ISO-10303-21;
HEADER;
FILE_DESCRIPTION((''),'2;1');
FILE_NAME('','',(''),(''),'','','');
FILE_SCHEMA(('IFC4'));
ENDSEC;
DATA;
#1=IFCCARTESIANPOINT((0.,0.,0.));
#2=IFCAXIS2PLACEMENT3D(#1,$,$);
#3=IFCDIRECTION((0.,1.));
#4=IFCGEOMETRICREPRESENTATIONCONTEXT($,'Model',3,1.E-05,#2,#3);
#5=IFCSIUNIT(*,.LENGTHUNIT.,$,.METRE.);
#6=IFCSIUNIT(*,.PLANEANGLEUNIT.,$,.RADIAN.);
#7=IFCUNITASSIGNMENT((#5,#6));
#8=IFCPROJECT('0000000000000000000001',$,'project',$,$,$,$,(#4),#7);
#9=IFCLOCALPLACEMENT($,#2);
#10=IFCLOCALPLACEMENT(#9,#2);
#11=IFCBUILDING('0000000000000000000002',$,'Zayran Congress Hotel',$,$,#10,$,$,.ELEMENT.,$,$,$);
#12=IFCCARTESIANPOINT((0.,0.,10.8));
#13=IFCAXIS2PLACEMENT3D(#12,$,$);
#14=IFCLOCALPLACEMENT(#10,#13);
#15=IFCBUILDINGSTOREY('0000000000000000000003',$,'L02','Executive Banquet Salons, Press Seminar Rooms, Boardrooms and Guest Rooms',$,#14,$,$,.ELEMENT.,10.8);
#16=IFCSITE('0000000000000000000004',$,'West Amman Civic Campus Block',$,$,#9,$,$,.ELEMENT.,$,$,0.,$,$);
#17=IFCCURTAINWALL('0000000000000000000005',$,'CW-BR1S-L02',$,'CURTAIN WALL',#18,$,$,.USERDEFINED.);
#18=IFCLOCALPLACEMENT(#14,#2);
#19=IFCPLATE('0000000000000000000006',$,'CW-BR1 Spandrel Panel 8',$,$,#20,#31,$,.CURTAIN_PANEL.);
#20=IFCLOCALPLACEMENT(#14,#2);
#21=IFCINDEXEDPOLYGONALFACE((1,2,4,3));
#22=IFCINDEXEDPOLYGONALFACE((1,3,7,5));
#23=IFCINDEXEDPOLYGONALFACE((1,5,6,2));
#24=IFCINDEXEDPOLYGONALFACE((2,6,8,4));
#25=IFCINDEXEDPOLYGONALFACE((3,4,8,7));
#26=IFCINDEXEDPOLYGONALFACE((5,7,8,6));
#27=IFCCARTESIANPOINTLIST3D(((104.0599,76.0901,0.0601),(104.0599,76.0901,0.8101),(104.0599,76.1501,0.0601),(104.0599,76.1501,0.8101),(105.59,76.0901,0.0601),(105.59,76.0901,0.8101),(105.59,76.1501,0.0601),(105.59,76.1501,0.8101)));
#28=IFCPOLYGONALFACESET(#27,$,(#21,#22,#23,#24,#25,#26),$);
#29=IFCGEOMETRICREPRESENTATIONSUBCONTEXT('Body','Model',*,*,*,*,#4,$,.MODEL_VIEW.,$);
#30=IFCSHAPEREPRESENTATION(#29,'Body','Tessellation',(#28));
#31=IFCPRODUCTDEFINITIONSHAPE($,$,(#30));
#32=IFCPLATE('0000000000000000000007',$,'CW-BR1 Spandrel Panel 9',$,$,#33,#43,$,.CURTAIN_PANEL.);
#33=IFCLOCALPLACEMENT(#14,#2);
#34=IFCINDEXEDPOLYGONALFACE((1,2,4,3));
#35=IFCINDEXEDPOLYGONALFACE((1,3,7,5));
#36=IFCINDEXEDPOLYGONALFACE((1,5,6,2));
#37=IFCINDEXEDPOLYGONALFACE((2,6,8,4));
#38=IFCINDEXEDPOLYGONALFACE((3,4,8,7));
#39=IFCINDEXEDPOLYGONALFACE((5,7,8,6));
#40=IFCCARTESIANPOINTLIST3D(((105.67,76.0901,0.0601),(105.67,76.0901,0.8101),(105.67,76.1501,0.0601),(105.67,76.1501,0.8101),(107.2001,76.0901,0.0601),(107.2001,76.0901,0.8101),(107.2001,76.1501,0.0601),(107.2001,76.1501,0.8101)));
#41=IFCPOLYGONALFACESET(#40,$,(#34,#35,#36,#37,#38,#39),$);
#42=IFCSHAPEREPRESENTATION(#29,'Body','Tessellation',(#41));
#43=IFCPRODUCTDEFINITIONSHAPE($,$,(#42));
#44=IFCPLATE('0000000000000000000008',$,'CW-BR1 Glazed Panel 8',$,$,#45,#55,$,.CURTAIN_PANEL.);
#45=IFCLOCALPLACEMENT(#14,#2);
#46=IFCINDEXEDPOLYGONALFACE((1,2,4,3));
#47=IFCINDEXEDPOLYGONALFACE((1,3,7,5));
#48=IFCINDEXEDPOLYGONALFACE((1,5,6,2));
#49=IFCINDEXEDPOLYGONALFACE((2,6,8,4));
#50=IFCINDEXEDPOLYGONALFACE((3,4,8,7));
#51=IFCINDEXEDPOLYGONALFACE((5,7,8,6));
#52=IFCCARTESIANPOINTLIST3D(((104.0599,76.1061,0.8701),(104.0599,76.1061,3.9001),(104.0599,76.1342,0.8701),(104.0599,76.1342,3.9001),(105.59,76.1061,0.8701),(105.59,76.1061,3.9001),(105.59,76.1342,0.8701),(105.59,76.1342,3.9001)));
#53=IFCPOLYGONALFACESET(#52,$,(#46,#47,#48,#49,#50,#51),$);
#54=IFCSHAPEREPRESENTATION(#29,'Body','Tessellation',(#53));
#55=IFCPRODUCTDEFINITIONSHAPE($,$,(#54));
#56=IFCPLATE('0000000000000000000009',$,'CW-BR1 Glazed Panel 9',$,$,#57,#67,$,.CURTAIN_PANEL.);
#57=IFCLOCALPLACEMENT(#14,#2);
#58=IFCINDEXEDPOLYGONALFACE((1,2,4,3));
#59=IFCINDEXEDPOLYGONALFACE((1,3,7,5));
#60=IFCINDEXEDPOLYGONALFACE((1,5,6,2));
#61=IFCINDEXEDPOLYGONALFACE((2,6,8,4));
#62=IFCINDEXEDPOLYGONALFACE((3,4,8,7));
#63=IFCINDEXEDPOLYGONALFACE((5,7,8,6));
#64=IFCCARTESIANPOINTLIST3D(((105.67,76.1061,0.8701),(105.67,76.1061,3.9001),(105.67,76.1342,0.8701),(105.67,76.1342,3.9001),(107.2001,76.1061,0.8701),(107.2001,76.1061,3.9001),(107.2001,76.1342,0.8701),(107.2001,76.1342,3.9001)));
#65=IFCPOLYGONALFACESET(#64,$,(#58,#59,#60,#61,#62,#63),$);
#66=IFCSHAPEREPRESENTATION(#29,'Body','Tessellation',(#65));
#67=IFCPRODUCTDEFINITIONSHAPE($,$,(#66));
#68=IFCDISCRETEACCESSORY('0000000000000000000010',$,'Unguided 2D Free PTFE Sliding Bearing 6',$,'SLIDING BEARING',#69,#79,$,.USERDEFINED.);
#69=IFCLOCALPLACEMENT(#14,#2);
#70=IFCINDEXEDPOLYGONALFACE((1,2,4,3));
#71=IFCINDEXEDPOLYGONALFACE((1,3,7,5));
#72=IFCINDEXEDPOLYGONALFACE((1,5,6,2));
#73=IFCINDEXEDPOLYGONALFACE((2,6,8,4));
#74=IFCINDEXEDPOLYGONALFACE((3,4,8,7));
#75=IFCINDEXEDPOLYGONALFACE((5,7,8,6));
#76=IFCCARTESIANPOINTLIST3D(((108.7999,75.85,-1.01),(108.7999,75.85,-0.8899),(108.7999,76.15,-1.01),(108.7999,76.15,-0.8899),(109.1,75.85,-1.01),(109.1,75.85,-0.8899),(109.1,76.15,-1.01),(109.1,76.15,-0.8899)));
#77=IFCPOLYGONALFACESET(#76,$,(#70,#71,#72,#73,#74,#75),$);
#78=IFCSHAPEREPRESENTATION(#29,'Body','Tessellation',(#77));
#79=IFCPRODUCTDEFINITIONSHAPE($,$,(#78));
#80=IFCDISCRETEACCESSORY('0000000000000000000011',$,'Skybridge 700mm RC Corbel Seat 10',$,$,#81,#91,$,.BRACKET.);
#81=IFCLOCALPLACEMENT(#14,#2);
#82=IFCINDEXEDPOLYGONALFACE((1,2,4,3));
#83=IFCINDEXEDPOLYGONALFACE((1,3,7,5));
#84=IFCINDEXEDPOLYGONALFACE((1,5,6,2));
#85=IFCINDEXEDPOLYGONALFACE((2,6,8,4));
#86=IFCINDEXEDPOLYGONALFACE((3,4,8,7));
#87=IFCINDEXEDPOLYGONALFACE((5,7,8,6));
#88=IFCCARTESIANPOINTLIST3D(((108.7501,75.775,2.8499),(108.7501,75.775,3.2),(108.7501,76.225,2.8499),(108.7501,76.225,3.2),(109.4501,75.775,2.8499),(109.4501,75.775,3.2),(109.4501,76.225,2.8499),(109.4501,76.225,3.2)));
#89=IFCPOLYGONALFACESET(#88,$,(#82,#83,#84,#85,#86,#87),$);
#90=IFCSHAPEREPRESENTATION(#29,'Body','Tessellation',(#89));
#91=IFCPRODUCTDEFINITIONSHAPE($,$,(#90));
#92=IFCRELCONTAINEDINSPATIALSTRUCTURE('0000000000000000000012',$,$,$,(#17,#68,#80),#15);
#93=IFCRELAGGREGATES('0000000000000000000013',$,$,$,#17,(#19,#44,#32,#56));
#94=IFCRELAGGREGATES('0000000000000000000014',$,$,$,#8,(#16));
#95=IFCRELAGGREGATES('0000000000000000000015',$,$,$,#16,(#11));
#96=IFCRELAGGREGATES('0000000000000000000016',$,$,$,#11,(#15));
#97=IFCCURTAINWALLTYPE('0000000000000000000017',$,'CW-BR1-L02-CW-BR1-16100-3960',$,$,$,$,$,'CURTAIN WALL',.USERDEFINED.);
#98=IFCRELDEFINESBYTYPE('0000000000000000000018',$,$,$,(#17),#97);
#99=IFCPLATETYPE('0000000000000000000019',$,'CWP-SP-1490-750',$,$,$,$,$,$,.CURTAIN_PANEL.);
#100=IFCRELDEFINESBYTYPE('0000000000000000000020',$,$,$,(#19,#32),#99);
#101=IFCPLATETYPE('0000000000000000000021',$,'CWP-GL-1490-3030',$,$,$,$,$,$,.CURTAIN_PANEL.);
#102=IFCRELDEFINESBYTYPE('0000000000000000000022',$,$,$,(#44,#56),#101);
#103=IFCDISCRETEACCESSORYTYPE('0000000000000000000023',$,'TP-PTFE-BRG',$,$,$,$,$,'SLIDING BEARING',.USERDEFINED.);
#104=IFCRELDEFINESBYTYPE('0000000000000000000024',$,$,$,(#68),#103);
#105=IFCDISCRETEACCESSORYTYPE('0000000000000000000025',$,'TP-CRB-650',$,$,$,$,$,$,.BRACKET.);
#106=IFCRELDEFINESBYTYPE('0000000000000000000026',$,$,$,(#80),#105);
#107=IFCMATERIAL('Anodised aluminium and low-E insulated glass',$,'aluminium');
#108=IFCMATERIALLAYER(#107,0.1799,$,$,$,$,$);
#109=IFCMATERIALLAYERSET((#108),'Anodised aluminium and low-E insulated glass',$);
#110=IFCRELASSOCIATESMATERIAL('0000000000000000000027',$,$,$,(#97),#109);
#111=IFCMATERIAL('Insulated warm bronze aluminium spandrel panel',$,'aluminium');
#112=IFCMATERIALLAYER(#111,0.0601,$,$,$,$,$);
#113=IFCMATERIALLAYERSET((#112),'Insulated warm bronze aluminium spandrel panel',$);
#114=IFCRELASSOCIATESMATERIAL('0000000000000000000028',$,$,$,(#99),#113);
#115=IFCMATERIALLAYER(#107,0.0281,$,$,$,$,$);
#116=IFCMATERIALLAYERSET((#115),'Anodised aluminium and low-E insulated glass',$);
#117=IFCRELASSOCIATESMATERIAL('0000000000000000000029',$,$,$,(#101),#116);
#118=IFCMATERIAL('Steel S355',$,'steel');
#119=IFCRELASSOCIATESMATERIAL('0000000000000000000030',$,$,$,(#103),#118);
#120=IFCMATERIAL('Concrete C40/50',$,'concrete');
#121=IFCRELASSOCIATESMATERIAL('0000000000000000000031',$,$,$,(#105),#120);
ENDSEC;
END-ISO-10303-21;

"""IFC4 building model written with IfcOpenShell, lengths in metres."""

from ifc_helpers import new_model, si_unit, direction, frame, origin, origin_2d, place, context, subcontext, project, spatial, rectangle, extrude, material, layer, layer_set, type_object, element, aggregate, save


model = new_model("IFC4")

# Units and contexts
model_context = context("Model", 3, precision=1e-05, world=origin(), true_north=direction((0.0, 1.0)))
body_context = subcontext(model_context, "Body", "Model", "MODEL_VIEW")
ifc_project = project(units=[si_unit("LENGTHUNIT", "METRE"), si_unit("PLANEANGLEUNIT", "RADIAN")], contexts=[model_context])

# Site, building, storey
site_placement = place(None, origin())
site = spatial("IfcSite", under=ifc_project, at=site_placement, Name="West Amman Civic Campus Block", CompositionType="ELEMENT", RefElevation=0.0)
building_placement = place(site_placement, origin())
building = spatial("IfcBuilding", under=site, at=building_placement, Name="Zayran Congress Hotel", CompositionType="ELEMENT")
storey_placement = place(building_placement, frame((0.0, 0.0, 10.8)))
storey = spatial("IfcBuildingStorey", under=building, at=storey_placement, Name="L02", Description="Executive Banquet Salons, Press Seminar Rooms, Boardrooms and Guest Rooms", CompositionType="ELEMENT", Elevation=10.8)

# Shared definitions
ifc_material_1 = material(Name="Steel S355", Category="steel")

# Curtain wall
ifc_material_2 = material(Name="Anodised aluminium and low-E insulated glass", Category="aluminium")
ifc_layer_1 = layer(ifc_material_2, 0.1799)
ifc_layer_set_1 = layer_set([ifc_layer_1], Name="Anodised aluminium and low-E insulated glass")
curtain_wall_type_1 = type_object("IfcCurtainWallType", Name="CW-BR1-L02-CW-BR1-16100-3960", ElementType="CURTAIN WALL", PredefinedType="USERDEFINED", material=ifc_layer_set_1)
curtain_wall_1_placement = place(storey_placement, origin())
curtain_wall_1 = element("IfcCurtainWall", 1, at=curtain_wall_1_placement, inside=storey, type_object=curtain_wall_type_1, Name="CW-BR1S-L02", ObjectType="CURTAIN WALL", PredefinedType="USERDEFINED")

# Plates
ifc_material_3 = material(Name="Insulated warm bronze aluminium spandrel panel", Category="aluminium")
ifc_layer_2 = layer(ifc_material_3, 0.0601)
ifc_layer_set_2 = layer_set([ifc_layer_2], Name="Insulated warm bronze aluminium spandrel panel")
plate_type_1 = type_object("IfcPlateType", Name="CWP-SP-1490-750", PredefinedType="CURTAIN_PANEL", material=ifc_layer_set_2)
plate_1_placement = place(storey_placement, frame((104.825, 76.1201, 0.0601), z_axis=(0.0, 0.0, 1.0), x_axis=(1.0, 0.0, 0.0)))
plate_1 = element("IfcPlate", 2, at=plate_1_placement, type_object=plate_type_1, Name="CW-BR1 Spandrel Panel 8", PredefinedType="CURTAIN_PANEL", context=body_context, shape_type="SweptSolid", body=[
    extrude(rectangle(XDim=1.53, YDim=0.0601, at=origin_2d()), origin(), (0.0, 0.0, 1.0), 0.75),
])
plate_2_placement = place(storey_placement, frame((106.4351, 76.1201, 0.0601), z_axis=(0.0, 0.0, 1.0), x_axis=(1.0, 0.0, 0.0)))
plate_2 = element("IfcPlate", 3, at=plate_2_placement, type_object=plate_type_1, Name="CW-BR1 Spandrel Panel 9", PredefinedType="CURTAIN_PANEL", context=body_context, shape_type="SweptSolid", body=[
    extrude(rectangle(XDim=1.53, YDim=0.0601, at=origin_2d()), origin(), (0.0, 0.0, 1.0), 0.75),
])
ifc_layer_3 = layer(ifc_material_2, 0.0281)
ifc_layer_set_3 = layer_set([ifc_layer_3], Name="Anodised aluminium and low-E insulated glass")
plate_type_2 = type_object("IfcPlateType", Name="CWP-GL-1490-3030", PredefinedType="CURTAIN_PANEL", material=ifc_layer_set_3)
plate_3_placement = place(storey_placement, frame((104.825, 76.1201, 0.8701), z_axis=(0.0, 0.0, 1.0), x_axis=(1.0, 0.0, 0.0)))
plate_3 = element("IfcPlate", 4, at=plate_3_placement, type_object=plate_type_2, Name="CW-BR1 Glazed Panel 8", PredefinedType="CURTAIN_PANEL", context=body_context, shape_type="SweptSolid", body=[
    extrude(rectangle(XDim=1.53, YDim=0.0281, at=origin_2d()), origin(), (0.0, 0.0, 1.0), 3.03),
])
plate_4_placement = place(storey_placement, frame((106.4351, 76.1201, 0.8701), z_axis=(0.0, 0.0, 1.0), x_axis=(1.0, 0.0, 0.0)))
plate_4 = element("IfcPlate", 5, at=plate_4_placement, type_object=plate_type_2, Name="CW-BR1 Glazed Panel 9", PredefinedType="CURTAIN_PANEL", context=body_context, shape_type="SweptSolid", body=[
    extrude(rectangle(XDim=1.53, YDim=0.0281, at=origin_2d()), origin(), (0.0, 0.0, 1.0), 3.03),
])
aggregate(curtain_wall_1, [plate_1, plate_3, plate_2, plate_4])

# Discrete accessories
discrete_accessory_type_1 = type_object("IfcDiscreteAccessoryType", Name="TP-PTFE-BRG", ElementType="SLIDING BEARING", PredefinedType="USERDEFINED", material=ifc_material_1)
discrete_accessory_1_placement = place(storey_placement, frame((108.95, 76.0, -1.01), z_axis=(0.0, 0.0, 1.0), x_axis=(1.0, 0.0, 0.0)))
element("IfcDiscreteAccessory", 6, at=discrete_accessory_1_placement, inside=storey, type_object=discrete_accessory_type_1, Name="Unguided 2D Free PTFE Sliding Bearing 6", ObjectType="SLIDING BEARING", PredefinedType="USERDEFINED", context=body_context, shape_type="SweptSolid", body=[
    extrude(rectangle(XDim=0.3, YDim=0.3, at=origin_2d()), origin(), (0.0, 0.0, 1.0), 0.1201),
])
ifc_material_4 = material(Name="Concrete C40/50", Category="concrete")
discrete_accessory_type_2 = type_object("IfcDiscreteAccessoryType", Name="TP-CRB-650", PredefinedType="BRACKET", material=ifc_material_4)
discrete_accessory_2_placement = place(storey_placement, frame((109.1001, 76.0, 2.8499), z_axis=(0.0, 0.0, 1.0), x_axis=(1.0, 0.0, 0.0)))
element("IfcDiscreteAccessory", 7, at=discrete_accessory_2_placement, inside=storey, type_object=discrete_accessory_type_2, Name="Skybridge 700mm RC Corbel Seat 10", PredefinedType="BRACKET", context=body_context, shape_type="SweptSolid", body=[
    extrude(rectangle(XDim=0.7, YDim=0.45, at=origin_2d()), origin(), (0.0, 0.0, 1.0), 0.3501),
])

save(model, "model.ifc")
